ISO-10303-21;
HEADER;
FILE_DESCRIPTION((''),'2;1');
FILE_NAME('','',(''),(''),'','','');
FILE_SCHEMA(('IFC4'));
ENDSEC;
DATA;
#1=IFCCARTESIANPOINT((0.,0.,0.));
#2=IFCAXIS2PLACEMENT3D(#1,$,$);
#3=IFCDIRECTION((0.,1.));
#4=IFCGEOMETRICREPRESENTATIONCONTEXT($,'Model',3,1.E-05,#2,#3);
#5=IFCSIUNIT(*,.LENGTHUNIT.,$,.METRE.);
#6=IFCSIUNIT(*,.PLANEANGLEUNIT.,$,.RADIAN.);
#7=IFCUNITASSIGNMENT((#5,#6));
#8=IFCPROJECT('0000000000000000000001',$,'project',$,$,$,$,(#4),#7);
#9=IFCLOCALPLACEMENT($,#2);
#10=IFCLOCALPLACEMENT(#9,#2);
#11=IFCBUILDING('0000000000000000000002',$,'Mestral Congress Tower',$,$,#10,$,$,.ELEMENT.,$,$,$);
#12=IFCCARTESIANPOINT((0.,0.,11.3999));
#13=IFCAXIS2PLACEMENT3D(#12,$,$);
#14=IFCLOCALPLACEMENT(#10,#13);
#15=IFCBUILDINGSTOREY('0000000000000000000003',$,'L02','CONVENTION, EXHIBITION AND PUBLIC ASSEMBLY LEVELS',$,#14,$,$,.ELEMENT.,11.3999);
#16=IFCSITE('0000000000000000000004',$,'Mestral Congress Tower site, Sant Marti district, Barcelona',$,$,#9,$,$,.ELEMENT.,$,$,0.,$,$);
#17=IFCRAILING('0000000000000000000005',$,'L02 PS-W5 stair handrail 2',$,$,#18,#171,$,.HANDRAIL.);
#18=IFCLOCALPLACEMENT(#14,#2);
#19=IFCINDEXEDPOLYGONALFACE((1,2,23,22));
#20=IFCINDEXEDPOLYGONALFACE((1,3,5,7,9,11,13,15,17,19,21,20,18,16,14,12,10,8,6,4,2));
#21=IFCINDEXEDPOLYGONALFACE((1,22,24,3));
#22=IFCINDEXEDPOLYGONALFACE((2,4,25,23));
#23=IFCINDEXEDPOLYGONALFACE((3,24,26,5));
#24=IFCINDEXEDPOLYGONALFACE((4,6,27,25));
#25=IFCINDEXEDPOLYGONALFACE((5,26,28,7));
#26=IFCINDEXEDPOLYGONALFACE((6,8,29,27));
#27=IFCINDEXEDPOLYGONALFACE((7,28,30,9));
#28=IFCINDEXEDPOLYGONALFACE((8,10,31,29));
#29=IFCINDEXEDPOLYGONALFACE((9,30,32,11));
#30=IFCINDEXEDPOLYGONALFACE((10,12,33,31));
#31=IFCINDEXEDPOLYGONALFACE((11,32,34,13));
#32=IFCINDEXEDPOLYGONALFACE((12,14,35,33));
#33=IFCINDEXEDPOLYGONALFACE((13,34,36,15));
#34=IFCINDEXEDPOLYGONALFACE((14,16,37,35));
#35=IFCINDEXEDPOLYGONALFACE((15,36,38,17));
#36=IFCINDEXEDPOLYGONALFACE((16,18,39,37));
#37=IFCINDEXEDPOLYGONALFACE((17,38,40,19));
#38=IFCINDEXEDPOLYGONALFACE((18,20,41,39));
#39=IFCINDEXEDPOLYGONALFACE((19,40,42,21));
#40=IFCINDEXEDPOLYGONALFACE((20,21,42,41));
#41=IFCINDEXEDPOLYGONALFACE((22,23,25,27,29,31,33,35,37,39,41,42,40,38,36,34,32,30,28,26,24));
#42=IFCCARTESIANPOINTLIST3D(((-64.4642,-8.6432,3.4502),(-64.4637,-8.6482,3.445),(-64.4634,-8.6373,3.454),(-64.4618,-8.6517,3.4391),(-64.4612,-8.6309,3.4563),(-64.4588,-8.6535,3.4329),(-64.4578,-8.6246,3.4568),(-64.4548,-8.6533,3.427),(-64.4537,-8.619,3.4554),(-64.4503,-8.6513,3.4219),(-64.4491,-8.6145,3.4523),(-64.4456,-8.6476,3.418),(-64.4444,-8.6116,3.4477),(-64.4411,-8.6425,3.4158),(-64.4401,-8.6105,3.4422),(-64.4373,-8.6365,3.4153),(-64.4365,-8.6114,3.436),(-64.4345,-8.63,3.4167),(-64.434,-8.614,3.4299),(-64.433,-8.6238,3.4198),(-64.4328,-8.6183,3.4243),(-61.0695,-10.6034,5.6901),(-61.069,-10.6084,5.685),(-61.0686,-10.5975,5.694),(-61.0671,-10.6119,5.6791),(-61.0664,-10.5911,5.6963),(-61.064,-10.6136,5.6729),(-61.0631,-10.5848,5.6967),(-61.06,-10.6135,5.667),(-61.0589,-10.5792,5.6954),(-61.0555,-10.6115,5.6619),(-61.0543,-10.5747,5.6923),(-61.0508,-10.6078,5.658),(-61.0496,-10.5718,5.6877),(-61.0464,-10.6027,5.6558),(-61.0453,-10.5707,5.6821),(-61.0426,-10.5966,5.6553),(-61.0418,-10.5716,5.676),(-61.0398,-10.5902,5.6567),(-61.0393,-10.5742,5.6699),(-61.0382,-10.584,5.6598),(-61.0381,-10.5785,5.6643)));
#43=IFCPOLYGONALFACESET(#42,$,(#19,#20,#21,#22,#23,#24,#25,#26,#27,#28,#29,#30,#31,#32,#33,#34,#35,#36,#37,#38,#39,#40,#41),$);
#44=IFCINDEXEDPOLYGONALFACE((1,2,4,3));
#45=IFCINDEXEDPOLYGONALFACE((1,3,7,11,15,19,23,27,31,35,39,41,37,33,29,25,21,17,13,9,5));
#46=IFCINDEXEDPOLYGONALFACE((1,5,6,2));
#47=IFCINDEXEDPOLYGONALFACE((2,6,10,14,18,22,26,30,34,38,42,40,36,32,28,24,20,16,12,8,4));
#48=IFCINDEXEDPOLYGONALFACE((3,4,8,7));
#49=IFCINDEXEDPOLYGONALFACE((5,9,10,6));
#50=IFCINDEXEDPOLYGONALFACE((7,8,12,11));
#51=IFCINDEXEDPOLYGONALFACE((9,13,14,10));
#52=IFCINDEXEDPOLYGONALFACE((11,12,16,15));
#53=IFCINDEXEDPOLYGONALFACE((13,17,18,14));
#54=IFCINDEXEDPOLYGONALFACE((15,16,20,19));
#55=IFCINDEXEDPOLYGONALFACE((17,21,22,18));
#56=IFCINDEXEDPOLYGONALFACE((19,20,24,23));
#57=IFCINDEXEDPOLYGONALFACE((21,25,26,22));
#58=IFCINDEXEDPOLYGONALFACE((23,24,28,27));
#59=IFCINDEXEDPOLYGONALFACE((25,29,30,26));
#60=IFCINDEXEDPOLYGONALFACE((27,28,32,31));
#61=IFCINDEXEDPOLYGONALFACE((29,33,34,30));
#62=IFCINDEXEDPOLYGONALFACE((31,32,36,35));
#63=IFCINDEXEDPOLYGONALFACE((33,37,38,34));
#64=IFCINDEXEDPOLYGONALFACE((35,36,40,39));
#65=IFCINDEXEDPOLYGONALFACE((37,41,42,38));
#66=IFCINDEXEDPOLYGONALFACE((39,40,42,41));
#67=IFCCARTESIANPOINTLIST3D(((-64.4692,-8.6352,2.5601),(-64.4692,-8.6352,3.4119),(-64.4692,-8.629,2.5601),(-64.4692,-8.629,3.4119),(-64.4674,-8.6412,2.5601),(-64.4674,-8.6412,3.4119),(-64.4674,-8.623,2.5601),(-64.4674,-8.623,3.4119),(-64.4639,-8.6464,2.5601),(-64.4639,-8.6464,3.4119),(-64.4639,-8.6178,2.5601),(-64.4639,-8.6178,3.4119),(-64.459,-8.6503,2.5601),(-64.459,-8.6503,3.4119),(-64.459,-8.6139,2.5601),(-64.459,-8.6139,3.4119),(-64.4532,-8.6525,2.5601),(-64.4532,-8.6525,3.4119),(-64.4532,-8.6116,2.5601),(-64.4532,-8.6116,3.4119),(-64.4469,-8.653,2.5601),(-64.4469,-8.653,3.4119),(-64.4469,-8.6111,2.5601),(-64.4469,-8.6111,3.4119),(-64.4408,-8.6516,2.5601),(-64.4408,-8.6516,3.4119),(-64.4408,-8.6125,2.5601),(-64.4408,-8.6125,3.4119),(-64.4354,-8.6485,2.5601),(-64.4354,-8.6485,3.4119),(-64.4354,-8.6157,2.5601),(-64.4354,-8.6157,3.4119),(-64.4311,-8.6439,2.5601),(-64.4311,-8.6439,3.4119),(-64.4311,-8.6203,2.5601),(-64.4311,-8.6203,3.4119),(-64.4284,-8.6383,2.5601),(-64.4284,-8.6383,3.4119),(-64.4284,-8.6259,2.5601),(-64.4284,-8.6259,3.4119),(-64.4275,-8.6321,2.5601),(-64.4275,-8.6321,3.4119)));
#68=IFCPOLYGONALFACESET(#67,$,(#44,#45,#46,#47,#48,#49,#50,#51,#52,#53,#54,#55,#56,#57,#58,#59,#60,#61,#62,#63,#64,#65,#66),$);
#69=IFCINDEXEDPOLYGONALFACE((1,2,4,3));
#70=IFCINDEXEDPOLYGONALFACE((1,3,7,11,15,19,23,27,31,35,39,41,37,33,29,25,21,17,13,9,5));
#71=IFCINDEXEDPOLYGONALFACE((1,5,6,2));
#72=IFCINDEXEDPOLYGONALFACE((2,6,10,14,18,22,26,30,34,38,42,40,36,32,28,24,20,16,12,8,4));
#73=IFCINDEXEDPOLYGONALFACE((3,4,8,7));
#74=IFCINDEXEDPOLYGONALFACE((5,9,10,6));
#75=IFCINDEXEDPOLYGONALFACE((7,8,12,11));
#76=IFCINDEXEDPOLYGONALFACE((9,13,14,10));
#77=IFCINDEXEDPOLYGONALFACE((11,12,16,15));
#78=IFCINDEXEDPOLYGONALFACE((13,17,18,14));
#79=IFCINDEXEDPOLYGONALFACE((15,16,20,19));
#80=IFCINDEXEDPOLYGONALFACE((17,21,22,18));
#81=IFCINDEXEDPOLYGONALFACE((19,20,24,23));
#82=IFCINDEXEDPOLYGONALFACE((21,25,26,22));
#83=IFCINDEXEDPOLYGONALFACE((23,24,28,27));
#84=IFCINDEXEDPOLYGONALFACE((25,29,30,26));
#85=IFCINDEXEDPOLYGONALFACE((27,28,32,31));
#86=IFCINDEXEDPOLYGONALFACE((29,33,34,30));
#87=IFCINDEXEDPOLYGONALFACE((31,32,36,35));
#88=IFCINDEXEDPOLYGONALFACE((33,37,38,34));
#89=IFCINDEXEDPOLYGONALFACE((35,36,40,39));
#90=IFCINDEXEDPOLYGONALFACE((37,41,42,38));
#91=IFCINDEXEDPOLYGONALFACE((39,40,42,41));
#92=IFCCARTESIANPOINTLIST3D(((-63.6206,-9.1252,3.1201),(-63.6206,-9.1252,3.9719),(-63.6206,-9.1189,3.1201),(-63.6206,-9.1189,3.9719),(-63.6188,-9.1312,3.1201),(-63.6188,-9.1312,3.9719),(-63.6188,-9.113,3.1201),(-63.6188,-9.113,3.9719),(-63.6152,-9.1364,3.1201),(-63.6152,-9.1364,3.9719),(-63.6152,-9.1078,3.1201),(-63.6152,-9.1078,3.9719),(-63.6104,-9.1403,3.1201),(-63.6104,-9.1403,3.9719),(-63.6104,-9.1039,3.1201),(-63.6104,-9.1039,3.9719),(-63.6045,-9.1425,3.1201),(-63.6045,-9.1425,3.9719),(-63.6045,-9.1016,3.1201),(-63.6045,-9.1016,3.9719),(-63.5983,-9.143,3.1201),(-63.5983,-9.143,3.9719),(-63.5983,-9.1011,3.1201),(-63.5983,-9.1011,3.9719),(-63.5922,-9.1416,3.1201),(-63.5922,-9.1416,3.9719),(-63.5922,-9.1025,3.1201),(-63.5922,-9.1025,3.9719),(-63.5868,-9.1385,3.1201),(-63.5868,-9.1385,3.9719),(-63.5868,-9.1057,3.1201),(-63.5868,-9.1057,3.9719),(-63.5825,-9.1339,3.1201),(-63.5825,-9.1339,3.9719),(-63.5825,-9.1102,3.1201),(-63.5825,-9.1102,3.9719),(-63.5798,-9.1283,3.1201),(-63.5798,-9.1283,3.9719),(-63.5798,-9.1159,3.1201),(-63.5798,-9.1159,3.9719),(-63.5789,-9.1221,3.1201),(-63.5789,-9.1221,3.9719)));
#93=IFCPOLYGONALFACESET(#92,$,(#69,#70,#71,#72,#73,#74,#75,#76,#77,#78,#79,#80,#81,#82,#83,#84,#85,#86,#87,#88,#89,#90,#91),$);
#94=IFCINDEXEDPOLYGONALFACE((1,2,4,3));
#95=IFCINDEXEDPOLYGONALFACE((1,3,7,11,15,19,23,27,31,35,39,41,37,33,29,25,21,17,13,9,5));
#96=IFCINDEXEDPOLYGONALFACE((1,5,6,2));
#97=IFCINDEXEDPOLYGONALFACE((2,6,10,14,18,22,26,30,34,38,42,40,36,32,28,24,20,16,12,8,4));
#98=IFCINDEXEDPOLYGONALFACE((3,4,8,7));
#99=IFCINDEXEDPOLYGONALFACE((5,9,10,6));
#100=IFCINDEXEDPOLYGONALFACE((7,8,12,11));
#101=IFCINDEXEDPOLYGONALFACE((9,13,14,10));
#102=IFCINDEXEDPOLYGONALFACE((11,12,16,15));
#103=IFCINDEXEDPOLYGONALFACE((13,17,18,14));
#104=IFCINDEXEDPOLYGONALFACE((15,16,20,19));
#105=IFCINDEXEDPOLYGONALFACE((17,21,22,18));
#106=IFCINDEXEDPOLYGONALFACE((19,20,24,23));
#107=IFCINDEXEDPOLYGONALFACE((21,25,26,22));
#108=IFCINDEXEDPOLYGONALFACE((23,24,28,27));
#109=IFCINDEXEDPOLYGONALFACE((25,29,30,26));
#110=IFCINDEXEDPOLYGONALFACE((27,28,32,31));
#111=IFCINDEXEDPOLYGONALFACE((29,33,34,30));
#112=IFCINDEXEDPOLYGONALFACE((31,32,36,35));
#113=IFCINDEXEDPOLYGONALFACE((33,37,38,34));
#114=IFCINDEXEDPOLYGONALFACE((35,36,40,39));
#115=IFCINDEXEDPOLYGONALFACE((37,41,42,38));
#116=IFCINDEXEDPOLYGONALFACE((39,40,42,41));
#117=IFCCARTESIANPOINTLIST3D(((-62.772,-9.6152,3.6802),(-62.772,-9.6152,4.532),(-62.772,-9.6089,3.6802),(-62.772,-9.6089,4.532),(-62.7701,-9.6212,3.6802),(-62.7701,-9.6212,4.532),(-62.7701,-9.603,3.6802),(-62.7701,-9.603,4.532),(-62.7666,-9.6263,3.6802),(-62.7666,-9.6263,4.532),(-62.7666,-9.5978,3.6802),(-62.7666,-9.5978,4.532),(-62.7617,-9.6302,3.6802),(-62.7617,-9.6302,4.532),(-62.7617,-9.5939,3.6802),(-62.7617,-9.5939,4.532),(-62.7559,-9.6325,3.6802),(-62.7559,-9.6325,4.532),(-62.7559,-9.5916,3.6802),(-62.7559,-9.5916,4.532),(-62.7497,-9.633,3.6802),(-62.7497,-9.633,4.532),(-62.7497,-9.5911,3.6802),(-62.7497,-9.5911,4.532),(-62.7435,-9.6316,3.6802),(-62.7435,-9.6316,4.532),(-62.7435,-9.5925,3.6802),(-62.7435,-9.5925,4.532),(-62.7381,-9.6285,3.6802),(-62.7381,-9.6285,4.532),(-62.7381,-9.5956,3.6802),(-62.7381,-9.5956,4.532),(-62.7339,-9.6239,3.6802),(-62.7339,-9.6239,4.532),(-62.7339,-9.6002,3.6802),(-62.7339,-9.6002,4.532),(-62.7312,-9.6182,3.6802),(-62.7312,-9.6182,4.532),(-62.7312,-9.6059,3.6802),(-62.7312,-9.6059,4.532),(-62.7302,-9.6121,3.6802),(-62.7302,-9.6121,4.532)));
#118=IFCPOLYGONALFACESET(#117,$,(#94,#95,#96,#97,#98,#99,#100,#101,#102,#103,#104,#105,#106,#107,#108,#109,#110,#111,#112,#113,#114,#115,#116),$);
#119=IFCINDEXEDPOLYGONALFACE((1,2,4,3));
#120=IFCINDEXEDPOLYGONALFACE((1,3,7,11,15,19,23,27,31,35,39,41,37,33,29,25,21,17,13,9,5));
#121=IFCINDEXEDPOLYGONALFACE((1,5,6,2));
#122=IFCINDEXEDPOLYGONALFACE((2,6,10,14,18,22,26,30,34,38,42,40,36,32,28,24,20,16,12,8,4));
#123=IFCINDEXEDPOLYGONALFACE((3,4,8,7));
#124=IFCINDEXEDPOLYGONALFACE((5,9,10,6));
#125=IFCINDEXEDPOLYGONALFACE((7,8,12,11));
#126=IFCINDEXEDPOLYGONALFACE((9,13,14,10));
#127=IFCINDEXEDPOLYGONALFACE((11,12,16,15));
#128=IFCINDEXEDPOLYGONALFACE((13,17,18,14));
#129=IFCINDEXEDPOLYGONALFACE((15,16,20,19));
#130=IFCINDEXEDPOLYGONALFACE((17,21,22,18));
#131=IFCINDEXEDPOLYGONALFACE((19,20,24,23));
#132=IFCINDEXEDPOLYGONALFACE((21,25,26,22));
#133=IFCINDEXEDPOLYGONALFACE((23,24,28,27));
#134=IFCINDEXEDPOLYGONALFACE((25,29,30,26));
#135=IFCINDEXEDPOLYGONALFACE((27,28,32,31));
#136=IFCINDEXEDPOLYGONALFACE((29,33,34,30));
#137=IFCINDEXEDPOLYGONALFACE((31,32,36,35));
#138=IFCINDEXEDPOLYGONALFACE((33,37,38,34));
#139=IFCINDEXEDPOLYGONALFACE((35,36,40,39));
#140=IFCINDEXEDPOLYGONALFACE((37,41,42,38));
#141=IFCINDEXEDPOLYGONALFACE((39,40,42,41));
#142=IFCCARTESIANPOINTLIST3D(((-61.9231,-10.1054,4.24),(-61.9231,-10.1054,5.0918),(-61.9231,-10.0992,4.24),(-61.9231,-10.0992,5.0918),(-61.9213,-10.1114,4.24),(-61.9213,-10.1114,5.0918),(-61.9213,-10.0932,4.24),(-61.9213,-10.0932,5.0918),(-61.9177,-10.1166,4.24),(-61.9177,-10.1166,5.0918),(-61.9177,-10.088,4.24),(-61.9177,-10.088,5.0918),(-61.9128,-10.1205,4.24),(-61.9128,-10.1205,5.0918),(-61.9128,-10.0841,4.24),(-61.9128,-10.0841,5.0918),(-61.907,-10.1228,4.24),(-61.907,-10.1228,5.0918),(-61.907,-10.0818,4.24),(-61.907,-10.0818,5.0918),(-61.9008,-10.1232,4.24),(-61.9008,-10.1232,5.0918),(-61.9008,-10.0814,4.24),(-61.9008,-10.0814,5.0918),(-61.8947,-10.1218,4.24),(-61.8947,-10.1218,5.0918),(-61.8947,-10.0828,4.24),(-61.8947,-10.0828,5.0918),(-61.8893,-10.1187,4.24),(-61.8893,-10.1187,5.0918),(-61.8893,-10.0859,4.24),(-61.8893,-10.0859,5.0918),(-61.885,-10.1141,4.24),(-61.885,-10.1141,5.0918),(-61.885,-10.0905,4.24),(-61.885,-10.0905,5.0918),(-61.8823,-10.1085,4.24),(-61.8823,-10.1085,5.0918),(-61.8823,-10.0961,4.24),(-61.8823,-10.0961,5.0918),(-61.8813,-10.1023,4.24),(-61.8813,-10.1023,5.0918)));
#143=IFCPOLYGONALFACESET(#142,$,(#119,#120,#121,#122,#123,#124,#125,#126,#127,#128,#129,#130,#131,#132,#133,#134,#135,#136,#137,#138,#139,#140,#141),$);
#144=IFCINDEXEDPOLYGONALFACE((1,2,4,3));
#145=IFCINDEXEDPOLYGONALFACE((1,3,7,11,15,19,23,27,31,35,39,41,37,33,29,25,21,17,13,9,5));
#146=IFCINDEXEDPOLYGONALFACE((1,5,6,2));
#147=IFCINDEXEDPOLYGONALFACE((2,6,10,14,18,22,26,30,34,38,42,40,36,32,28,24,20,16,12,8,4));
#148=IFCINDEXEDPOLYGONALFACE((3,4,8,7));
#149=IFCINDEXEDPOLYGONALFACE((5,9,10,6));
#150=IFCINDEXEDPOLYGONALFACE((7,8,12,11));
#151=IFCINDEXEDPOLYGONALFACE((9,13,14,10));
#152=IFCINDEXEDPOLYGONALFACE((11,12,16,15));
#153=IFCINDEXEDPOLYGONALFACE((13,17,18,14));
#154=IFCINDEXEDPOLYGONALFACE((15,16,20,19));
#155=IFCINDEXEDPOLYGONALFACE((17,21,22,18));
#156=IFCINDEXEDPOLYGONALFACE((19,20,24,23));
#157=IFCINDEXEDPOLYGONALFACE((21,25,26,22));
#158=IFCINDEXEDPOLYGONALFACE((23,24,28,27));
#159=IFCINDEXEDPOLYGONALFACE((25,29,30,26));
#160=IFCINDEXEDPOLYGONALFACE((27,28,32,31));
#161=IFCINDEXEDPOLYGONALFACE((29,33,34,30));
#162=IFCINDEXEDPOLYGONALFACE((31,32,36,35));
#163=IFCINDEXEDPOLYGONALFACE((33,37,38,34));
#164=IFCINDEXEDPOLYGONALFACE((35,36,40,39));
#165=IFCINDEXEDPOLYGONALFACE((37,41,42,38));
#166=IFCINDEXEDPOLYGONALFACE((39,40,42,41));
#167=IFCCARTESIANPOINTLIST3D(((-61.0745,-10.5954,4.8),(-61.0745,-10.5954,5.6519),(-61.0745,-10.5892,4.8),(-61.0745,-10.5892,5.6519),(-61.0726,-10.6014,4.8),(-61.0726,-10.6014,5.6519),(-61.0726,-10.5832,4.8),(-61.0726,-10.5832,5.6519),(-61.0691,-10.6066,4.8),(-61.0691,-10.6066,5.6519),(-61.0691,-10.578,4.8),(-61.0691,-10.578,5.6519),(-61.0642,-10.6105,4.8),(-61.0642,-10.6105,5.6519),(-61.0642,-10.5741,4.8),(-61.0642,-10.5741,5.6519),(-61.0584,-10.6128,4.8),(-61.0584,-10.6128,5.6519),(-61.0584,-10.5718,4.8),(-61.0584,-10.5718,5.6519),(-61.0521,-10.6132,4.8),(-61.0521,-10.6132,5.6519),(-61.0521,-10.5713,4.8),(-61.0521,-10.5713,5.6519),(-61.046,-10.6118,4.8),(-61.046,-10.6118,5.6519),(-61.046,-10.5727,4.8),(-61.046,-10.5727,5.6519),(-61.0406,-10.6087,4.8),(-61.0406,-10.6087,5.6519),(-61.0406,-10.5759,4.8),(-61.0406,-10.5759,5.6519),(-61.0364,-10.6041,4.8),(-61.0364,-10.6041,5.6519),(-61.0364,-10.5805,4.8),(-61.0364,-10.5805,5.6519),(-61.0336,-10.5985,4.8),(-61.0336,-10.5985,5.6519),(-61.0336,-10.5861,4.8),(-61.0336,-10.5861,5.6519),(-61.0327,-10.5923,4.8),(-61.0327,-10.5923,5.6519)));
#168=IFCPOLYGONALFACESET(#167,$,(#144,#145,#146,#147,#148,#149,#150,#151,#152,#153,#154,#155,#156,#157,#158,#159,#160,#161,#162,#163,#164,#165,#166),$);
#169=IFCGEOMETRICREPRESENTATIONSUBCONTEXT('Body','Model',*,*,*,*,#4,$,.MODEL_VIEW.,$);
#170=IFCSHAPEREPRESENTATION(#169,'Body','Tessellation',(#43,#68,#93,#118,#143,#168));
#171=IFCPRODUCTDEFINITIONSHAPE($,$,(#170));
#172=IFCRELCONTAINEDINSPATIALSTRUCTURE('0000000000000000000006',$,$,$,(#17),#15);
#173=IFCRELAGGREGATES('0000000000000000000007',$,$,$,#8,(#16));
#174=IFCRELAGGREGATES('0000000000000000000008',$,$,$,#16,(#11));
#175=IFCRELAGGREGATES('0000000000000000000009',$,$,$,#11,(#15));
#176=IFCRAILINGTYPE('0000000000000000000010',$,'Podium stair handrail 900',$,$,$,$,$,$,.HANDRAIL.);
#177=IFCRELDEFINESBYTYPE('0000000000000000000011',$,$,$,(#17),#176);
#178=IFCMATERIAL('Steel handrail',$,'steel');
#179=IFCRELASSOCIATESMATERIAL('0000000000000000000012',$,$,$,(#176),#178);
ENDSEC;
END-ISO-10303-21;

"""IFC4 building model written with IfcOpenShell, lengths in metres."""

from ifc_helpers import new_model, si_unit, direction, frame, origin, origin_2d, place, context, subcontext, project, spatial, circle, extrude, material, type_object, element, save


model = new_model("IFC4")

# Units and contexts
model_context = context("Model", 3, precision=1e-05, world=origin(), true_north=direction((0.0, 1.0)))
body_context = subcontext(model_context, "Body", "Model", "MODEL_VIEW")
ifc_project = project(units=[si_unit("LENGTHUNIT", "METRE"), si_unit("PLANEANGLEUNIT", "RADIAN")], contexts=[model_context])

# Site, building, storey
site_placement = place(None, origin())
site = spatial("IfcSite", under=ifc_project, at=site_placement, Name="Mestral Congress Tower site, Sant Marti district, Barcelona", CompositionType="ELEMENT", RefElevation=0.0)
building_placement = place(site_placement, origin())
building = spatial("IfcBuilding", under=site, at=building_placement, Name="Mestral Congress Tower", CompositionType="ELEMENT")
storey_placement = place(building_placement, frame((0.0, 0.0, 11.3999)))
storey = spatial("IfcBuildingStorey", under=building, at=storey_placement, Name="L02", Description="CONVENTION, EXHIBITION AND PUBLIC ASSEMBLY LEVELS", CompositionType="ELEMENT", Elevation=11.3999)

# Railing
ifc_material_1 = material(Name="Steel handrail", Category="steel")
railing_type_1 = type_object("IfcRailingType", Name="Podium stair handrail 900", PredefinedType="HANDRAIL", material=ifc_material_1)
railing_1_placement = place(storey_placement, frame((-64.4485, -8.6321, 2.5601)))
element("IfcRailing", 1, at=railing_1_placement, inside=storey, type_object=railing_type_1, Name="L02 PS-W5 stair handrail 2", PredefinedType="HANDRAIL", context=body_context, shape_type="SweptSolid", body=[
    extrude(circle(Radius=0.0239, at=origin_2d()), frame((0.0, 0.0, 0.876), z_axis=(0.751902, -0.434162, 0.496131), x_axis=(0.500044, 0.866, 0.0)), (0.0, 0.0, 1.0), 4.5149),
    extrude(circle(Radius=0.021, at=origin_2d()), origin(), (0.0, 0.0, 1.0), 0.8518),
    extrude(circle(Radius=0.021, at=origin_2d()), frame((0.8486, -0.49, 0.5601)), (0.0, 0.0, 1.0), 0.8518),
    extrude(circle(Radius=0.021, at=origin_2d()), frame((1.6973, -0.98, 1.1201)), (0.0, 0.0, 1.0), 0.8518),
    extrude(circle(Radius=0.021, at=origin_2d()), frame((2.5461, -1.4702, 1.6799)), (0.0, 0.0, 1.0), 0.8518),
    extrude(circle(Radius=0.021, at=origin_2d()), frame((3.3948, -1.9602, 2.24)), (0.0, 0.0, 1.0), 0.8518),
])

save(model, "model.ifc")
